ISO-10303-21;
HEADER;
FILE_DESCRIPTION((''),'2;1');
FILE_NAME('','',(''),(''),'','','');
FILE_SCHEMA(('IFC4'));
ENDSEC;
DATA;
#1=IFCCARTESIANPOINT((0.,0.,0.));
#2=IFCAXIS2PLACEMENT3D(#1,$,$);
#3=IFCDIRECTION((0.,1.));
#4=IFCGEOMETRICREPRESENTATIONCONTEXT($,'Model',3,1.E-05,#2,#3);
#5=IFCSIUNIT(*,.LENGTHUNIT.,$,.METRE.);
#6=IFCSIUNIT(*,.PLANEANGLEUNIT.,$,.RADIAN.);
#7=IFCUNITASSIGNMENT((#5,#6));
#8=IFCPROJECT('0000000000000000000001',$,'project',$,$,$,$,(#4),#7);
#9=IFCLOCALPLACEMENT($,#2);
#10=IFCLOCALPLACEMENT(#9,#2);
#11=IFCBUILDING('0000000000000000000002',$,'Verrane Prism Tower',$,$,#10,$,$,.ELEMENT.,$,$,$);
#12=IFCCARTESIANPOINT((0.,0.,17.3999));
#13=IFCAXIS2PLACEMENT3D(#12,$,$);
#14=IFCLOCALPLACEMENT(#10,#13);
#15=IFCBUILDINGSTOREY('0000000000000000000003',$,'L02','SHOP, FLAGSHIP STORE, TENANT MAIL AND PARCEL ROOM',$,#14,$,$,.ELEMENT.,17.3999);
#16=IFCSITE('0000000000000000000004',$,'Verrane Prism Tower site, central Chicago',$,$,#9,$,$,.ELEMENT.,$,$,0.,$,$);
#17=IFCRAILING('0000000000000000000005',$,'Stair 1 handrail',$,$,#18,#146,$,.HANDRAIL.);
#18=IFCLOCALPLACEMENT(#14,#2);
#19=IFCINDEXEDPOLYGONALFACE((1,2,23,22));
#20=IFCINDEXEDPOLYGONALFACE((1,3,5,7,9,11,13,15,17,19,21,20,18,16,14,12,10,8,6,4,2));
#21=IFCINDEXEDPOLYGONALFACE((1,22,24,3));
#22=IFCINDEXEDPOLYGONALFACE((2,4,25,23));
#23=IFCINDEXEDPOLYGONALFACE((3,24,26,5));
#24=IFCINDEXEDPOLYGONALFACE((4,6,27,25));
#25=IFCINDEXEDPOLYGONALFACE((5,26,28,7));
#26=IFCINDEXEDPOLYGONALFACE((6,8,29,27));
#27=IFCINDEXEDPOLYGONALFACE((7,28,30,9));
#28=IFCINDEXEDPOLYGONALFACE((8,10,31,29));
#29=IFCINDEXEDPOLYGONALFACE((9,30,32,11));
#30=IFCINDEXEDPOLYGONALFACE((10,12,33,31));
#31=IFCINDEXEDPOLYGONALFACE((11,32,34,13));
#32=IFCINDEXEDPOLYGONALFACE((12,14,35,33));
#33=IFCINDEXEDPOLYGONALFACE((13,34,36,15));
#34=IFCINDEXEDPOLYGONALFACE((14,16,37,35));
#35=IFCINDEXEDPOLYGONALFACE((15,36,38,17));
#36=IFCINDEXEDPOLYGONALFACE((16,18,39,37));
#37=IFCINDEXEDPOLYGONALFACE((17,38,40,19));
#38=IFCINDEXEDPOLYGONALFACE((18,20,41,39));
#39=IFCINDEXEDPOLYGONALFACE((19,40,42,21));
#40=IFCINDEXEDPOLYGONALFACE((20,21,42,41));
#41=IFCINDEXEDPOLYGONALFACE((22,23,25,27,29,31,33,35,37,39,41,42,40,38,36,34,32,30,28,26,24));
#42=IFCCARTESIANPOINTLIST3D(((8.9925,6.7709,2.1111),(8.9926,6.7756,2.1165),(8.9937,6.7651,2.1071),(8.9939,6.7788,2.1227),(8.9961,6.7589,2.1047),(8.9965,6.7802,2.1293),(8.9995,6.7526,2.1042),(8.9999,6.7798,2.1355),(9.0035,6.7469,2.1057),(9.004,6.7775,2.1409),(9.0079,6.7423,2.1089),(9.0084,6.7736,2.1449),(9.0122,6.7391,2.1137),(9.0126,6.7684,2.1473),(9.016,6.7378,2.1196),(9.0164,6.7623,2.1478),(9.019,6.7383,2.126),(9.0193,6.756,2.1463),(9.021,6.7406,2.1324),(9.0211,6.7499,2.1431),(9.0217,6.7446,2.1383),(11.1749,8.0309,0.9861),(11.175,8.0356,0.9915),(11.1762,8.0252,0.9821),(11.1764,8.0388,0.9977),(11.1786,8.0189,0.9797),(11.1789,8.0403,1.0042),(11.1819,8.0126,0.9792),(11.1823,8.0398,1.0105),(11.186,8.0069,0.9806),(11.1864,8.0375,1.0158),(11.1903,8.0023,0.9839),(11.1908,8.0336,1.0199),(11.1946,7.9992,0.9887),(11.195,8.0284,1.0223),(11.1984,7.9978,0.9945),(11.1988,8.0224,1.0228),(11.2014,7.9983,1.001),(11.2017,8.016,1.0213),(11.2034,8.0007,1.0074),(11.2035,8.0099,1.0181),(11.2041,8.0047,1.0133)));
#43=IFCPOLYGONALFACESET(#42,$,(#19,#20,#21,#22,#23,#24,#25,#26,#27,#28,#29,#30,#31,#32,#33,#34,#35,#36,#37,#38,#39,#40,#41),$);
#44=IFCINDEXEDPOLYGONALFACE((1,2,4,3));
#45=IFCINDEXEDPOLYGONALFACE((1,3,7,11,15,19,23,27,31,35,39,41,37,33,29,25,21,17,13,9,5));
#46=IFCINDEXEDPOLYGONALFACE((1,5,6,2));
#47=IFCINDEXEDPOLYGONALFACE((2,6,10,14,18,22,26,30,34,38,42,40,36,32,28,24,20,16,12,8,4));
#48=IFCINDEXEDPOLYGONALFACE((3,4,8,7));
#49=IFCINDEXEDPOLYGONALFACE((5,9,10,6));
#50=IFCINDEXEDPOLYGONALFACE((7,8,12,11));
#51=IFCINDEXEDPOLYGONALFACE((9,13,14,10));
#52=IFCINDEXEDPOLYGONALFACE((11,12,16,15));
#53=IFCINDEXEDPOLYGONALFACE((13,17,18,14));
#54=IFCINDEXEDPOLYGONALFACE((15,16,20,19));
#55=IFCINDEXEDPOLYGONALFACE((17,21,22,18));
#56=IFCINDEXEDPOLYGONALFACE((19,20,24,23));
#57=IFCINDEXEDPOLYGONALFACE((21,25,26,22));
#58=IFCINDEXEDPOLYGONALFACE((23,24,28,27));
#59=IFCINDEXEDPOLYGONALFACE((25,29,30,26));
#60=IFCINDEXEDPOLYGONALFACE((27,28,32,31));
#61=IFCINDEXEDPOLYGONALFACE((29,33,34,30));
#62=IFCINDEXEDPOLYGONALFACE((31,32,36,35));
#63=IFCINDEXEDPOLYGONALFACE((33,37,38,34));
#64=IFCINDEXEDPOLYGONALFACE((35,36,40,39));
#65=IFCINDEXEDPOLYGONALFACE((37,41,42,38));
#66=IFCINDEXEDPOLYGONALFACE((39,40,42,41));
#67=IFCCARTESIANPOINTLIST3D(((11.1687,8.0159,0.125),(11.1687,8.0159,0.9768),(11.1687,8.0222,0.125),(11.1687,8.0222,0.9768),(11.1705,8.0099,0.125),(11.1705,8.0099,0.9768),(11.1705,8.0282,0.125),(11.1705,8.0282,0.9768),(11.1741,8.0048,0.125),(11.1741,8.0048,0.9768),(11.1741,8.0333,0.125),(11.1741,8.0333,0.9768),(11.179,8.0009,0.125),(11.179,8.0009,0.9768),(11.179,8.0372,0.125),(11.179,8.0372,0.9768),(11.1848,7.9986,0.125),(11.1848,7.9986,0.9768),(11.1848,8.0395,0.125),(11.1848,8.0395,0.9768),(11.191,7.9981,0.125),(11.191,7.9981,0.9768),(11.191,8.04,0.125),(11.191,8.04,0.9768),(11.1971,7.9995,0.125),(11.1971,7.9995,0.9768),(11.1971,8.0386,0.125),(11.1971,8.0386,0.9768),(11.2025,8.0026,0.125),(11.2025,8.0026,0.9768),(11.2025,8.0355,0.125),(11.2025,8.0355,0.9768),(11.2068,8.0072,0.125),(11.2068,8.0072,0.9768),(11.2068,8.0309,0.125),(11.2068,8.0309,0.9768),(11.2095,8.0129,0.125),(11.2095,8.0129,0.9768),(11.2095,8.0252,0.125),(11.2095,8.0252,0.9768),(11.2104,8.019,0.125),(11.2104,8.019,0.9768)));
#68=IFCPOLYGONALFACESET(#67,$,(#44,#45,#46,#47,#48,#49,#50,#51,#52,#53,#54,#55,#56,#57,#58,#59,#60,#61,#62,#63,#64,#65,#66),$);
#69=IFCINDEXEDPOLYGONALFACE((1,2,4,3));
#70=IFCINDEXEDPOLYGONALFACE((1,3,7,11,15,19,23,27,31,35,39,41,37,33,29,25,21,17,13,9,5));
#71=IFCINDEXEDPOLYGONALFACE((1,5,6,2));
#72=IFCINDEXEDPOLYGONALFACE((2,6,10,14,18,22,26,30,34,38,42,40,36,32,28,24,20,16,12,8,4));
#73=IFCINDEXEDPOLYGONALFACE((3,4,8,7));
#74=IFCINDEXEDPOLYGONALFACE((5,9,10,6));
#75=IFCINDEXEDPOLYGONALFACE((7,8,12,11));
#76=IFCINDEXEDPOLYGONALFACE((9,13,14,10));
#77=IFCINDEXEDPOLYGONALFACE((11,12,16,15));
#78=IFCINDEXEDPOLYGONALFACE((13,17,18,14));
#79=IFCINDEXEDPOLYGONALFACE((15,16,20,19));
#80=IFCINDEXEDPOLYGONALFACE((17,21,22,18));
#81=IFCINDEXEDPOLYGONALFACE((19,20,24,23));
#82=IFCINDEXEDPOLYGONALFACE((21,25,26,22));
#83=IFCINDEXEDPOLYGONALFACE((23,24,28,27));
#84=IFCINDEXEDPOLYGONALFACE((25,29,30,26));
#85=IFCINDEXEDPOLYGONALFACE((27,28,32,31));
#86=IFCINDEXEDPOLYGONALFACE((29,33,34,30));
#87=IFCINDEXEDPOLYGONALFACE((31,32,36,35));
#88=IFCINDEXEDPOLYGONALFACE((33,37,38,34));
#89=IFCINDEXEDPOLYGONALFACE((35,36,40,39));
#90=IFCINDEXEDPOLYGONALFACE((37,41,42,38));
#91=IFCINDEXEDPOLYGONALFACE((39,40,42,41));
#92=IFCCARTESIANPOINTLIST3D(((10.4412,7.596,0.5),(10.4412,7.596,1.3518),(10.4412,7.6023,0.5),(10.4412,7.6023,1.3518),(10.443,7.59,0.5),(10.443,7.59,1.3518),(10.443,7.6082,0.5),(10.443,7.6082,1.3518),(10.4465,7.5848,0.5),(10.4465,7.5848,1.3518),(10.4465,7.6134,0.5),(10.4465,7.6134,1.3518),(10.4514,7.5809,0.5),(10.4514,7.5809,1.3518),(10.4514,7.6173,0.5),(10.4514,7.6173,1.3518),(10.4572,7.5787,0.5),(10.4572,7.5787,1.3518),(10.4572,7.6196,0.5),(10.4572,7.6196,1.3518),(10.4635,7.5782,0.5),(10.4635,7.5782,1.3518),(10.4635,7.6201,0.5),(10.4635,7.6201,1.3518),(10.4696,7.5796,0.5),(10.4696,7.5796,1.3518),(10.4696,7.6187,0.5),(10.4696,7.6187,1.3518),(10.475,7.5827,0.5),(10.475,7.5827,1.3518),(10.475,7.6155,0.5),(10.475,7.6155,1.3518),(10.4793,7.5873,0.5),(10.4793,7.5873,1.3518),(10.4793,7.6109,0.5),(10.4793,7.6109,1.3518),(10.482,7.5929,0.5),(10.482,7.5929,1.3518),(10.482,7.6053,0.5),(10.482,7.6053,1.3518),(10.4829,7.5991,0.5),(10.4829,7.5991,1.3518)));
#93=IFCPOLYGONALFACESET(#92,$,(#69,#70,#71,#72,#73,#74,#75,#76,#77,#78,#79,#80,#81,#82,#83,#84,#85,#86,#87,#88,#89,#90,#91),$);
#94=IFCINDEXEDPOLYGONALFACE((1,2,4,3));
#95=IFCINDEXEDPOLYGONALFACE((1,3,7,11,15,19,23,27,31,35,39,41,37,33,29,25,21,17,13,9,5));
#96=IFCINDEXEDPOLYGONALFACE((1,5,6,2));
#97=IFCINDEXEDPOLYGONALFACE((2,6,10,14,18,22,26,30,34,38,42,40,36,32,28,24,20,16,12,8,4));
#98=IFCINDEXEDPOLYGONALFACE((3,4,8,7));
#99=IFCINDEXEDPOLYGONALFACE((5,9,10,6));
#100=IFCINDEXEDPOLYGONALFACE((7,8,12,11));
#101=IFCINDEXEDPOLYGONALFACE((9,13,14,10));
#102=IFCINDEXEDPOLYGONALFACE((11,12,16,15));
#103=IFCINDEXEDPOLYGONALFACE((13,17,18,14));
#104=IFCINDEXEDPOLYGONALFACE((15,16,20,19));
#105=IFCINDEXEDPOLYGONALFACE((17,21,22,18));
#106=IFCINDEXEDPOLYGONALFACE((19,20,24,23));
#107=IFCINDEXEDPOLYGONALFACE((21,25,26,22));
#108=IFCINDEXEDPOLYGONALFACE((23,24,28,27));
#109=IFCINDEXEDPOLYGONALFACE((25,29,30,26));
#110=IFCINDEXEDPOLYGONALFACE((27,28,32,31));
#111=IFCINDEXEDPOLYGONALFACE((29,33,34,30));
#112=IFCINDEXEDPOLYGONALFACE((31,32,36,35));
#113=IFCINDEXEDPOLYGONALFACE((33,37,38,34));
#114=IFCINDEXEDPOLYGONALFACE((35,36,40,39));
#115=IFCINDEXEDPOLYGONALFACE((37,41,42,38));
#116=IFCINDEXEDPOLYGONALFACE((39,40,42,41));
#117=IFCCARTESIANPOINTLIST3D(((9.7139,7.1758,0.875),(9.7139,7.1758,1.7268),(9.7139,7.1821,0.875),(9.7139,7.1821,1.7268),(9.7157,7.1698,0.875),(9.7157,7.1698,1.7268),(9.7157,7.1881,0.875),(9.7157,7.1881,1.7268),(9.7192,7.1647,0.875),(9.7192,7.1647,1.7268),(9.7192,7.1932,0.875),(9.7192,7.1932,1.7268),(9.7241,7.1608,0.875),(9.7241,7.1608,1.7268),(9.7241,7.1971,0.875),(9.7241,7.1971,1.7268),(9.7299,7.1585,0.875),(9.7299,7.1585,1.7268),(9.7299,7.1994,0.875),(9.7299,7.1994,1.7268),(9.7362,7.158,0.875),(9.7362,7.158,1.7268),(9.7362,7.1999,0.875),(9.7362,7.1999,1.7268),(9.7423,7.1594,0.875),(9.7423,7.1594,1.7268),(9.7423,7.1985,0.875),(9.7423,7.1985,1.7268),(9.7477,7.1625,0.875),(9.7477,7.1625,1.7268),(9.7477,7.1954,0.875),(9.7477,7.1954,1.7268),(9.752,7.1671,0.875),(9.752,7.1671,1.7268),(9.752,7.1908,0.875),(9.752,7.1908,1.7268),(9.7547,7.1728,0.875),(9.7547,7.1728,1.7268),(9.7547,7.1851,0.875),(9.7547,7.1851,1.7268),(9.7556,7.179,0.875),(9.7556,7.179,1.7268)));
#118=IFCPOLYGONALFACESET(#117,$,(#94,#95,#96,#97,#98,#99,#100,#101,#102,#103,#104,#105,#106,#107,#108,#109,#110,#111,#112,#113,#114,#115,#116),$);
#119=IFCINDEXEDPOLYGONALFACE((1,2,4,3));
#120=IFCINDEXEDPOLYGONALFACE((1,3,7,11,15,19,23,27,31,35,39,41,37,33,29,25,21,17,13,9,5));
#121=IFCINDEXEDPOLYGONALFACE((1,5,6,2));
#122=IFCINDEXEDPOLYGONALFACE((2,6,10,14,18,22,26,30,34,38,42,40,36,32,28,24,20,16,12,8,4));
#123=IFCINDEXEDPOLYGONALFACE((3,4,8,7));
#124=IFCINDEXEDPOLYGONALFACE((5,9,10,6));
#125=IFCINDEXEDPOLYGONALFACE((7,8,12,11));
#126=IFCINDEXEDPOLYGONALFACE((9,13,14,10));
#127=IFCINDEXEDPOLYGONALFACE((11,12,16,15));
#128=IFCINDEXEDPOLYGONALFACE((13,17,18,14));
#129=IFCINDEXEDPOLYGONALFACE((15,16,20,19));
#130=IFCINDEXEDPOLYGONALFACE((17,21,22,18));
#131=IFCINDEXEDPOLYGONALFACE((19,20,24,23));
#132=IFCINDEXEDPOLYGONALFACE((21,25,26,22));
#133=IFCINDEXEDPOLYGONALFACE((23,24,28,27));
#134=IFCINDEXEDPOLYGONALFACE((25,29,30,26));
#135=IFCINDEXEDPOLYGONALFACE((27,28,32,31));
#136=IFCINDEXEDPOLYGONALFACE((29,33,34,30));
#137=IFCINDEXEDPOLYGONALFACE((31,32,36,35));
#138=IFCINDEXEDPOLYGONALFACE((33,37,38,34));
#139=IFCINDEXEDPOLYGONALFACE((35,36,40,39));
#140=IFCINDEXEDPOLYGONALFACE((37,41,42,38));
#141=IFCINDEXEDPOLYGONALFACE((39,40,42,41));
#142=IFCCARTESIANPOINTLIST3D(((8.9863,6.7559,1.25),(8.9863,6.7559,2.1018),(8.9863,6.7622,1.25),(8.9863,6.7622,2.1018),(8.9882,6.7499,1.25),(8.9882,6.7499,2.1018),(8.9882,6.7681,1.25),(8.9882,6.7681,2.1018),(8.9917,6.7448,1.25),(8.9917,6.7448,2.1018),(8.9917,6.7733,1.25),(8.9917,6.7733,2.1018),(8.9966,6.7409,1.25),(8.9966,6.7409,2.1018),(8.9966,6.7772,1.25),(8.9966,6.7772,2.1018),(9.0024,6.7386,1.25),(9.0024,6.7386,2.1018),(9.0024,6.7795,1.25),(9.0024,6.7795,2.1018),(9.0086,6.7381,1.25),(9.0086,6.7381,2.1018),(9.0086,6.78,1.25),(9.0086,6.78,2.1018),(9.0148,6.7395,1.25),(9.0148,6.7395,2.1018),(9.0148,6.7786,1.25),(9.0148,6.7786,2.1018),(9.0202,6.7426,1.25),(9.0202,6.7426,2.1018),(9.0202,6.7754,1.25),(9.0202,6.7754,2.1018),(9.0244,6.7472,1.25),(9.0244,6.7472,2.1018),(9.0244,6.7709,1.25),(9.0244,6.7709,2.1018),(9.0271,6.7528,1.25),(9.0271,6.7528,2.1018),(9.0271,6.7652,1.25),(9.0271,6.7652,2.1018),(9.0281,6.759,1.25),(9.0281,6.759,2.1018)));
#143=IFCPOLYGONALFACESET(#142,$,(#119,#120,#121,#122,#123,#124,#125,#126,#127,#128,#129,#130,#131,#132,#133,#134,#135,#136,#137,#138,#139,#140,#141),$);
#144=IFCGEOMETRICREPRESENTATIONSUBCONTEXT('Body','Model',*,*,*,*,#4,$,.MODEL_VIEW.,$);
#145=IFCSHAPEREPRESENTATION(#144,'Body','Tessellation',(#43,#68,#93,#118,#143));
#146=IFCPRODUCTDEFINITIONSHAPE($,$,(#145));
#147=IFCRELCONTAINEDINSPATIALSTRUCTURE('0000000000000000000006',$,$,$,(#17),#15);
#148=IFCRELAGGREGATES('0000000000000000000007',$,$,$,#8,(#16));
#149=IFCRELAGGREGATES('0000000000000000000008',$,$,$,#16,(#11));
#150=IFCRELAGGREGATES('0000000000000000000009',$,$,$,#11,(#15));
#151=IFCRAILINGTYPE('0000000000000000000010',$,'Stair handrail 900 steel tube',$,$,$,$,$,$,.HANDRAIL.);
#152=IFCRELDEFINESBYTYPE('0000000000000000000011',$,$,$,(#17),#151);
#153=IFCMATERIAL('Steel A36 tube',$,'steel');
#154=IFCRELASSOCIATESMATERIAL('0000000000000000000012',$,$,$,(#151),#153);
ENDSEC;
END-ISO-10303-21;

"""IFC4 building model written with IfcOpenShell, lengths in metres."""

from ifc_helpers import new_model, si_unit, direction, frame, origin, origin_2d, place, context, subcontext, project, spatial, circle, extrude, material, type_object, element, save


model = new_model("IFC4")

# Units and contexts
model_context = context("Model", 3, precision=1e-05, world=origin(), true_north=direction((0.0, 1.0)))
body_context = subcontext(model_context, "Body", "Model", "MODEL_VIEW")
ifc_project = project(units=[si_unit("LENGTHUNIT", "METRE"), si_unit("PLANEANGLEUNIT", "RADIAN")], contexts=[model_context])

# Site, building, storey
site_placement = place(None, origin())
site = spatial("IfcSite", under=ifc_project, at=site_placement, Name="Verrane Prism Tower site, central Chicago", CompositionType="ELEMENT", RefElevation=0.0)
building_placement = place(site_placement, origin())
building = spatial("IfcBuilding", under=site, at=building_placement, Name="Verrane Prism Tower", CompositionType="ELEMENT")
storey_placement = place(building_placement, frame((0.0, 0.0, 17.3999)))
storey = spatial("IfcBuildingStorey", under=building, at=storey_placement, Name="L02", Description="SHOP, FLAGSHIP STORE, TENANT MAIL AND PARCEL ROOM", CompositionType="ELEMENT", Elevation=17.3999)

# Railing
ifc_material_1 = material(Name="Steel A36 tube", Category="steel")
railing_type_1 = type_object("IfcRailingType", Name="Stair handrail 900 steel tube", PredefinedType="HANDRAIL", material=ifc_material_1)
railing_1_placement = place(storey_placement, frame((11.1895, 8.019, 0.125)))
element("IfcRailing", 1, at=railing_1_placement, inside=storey, type_object=railing_type_1, Name="Stair 1 handrail", PredefinedType="HANDRAIL", context=body_context, shape_type="SweptSolid", body=[
    extrude(circle(Radius=0.0239, at=origin_2d()), frame((0.0, 0.0, 0.876), z_axis=(-0.790798, -0.456573, 0.407651), x_axis=(0.500005, -0.866023, 0.0)), (0.0, 0.0, 1.0), 2.7598),
    extrude(circle(Radius=0.021, at=origin_2d()), origin(), (0.0, 0.0, 1.0), 0.8518),
    extrude(circle(Radius=0.021, at=origin_2d()), frame((-0.7275, -0.4199, 0.375)), (0.0, 0.0, 1.0), 0.8518),
    extrude(circle(Radius=0.021, at=origin_2d()), frame((-1.4548, -0.8401, 0.75)), (0.0, 0.0, 1.0), 0.8518),
    extrude(circle(Radius=0.021, at=origin_2d()), frame((-2.1824, -1.26, 1.125)), (0.0, 0.0, 1.0), 0.8518),
])

save(model, "model.ifc")
